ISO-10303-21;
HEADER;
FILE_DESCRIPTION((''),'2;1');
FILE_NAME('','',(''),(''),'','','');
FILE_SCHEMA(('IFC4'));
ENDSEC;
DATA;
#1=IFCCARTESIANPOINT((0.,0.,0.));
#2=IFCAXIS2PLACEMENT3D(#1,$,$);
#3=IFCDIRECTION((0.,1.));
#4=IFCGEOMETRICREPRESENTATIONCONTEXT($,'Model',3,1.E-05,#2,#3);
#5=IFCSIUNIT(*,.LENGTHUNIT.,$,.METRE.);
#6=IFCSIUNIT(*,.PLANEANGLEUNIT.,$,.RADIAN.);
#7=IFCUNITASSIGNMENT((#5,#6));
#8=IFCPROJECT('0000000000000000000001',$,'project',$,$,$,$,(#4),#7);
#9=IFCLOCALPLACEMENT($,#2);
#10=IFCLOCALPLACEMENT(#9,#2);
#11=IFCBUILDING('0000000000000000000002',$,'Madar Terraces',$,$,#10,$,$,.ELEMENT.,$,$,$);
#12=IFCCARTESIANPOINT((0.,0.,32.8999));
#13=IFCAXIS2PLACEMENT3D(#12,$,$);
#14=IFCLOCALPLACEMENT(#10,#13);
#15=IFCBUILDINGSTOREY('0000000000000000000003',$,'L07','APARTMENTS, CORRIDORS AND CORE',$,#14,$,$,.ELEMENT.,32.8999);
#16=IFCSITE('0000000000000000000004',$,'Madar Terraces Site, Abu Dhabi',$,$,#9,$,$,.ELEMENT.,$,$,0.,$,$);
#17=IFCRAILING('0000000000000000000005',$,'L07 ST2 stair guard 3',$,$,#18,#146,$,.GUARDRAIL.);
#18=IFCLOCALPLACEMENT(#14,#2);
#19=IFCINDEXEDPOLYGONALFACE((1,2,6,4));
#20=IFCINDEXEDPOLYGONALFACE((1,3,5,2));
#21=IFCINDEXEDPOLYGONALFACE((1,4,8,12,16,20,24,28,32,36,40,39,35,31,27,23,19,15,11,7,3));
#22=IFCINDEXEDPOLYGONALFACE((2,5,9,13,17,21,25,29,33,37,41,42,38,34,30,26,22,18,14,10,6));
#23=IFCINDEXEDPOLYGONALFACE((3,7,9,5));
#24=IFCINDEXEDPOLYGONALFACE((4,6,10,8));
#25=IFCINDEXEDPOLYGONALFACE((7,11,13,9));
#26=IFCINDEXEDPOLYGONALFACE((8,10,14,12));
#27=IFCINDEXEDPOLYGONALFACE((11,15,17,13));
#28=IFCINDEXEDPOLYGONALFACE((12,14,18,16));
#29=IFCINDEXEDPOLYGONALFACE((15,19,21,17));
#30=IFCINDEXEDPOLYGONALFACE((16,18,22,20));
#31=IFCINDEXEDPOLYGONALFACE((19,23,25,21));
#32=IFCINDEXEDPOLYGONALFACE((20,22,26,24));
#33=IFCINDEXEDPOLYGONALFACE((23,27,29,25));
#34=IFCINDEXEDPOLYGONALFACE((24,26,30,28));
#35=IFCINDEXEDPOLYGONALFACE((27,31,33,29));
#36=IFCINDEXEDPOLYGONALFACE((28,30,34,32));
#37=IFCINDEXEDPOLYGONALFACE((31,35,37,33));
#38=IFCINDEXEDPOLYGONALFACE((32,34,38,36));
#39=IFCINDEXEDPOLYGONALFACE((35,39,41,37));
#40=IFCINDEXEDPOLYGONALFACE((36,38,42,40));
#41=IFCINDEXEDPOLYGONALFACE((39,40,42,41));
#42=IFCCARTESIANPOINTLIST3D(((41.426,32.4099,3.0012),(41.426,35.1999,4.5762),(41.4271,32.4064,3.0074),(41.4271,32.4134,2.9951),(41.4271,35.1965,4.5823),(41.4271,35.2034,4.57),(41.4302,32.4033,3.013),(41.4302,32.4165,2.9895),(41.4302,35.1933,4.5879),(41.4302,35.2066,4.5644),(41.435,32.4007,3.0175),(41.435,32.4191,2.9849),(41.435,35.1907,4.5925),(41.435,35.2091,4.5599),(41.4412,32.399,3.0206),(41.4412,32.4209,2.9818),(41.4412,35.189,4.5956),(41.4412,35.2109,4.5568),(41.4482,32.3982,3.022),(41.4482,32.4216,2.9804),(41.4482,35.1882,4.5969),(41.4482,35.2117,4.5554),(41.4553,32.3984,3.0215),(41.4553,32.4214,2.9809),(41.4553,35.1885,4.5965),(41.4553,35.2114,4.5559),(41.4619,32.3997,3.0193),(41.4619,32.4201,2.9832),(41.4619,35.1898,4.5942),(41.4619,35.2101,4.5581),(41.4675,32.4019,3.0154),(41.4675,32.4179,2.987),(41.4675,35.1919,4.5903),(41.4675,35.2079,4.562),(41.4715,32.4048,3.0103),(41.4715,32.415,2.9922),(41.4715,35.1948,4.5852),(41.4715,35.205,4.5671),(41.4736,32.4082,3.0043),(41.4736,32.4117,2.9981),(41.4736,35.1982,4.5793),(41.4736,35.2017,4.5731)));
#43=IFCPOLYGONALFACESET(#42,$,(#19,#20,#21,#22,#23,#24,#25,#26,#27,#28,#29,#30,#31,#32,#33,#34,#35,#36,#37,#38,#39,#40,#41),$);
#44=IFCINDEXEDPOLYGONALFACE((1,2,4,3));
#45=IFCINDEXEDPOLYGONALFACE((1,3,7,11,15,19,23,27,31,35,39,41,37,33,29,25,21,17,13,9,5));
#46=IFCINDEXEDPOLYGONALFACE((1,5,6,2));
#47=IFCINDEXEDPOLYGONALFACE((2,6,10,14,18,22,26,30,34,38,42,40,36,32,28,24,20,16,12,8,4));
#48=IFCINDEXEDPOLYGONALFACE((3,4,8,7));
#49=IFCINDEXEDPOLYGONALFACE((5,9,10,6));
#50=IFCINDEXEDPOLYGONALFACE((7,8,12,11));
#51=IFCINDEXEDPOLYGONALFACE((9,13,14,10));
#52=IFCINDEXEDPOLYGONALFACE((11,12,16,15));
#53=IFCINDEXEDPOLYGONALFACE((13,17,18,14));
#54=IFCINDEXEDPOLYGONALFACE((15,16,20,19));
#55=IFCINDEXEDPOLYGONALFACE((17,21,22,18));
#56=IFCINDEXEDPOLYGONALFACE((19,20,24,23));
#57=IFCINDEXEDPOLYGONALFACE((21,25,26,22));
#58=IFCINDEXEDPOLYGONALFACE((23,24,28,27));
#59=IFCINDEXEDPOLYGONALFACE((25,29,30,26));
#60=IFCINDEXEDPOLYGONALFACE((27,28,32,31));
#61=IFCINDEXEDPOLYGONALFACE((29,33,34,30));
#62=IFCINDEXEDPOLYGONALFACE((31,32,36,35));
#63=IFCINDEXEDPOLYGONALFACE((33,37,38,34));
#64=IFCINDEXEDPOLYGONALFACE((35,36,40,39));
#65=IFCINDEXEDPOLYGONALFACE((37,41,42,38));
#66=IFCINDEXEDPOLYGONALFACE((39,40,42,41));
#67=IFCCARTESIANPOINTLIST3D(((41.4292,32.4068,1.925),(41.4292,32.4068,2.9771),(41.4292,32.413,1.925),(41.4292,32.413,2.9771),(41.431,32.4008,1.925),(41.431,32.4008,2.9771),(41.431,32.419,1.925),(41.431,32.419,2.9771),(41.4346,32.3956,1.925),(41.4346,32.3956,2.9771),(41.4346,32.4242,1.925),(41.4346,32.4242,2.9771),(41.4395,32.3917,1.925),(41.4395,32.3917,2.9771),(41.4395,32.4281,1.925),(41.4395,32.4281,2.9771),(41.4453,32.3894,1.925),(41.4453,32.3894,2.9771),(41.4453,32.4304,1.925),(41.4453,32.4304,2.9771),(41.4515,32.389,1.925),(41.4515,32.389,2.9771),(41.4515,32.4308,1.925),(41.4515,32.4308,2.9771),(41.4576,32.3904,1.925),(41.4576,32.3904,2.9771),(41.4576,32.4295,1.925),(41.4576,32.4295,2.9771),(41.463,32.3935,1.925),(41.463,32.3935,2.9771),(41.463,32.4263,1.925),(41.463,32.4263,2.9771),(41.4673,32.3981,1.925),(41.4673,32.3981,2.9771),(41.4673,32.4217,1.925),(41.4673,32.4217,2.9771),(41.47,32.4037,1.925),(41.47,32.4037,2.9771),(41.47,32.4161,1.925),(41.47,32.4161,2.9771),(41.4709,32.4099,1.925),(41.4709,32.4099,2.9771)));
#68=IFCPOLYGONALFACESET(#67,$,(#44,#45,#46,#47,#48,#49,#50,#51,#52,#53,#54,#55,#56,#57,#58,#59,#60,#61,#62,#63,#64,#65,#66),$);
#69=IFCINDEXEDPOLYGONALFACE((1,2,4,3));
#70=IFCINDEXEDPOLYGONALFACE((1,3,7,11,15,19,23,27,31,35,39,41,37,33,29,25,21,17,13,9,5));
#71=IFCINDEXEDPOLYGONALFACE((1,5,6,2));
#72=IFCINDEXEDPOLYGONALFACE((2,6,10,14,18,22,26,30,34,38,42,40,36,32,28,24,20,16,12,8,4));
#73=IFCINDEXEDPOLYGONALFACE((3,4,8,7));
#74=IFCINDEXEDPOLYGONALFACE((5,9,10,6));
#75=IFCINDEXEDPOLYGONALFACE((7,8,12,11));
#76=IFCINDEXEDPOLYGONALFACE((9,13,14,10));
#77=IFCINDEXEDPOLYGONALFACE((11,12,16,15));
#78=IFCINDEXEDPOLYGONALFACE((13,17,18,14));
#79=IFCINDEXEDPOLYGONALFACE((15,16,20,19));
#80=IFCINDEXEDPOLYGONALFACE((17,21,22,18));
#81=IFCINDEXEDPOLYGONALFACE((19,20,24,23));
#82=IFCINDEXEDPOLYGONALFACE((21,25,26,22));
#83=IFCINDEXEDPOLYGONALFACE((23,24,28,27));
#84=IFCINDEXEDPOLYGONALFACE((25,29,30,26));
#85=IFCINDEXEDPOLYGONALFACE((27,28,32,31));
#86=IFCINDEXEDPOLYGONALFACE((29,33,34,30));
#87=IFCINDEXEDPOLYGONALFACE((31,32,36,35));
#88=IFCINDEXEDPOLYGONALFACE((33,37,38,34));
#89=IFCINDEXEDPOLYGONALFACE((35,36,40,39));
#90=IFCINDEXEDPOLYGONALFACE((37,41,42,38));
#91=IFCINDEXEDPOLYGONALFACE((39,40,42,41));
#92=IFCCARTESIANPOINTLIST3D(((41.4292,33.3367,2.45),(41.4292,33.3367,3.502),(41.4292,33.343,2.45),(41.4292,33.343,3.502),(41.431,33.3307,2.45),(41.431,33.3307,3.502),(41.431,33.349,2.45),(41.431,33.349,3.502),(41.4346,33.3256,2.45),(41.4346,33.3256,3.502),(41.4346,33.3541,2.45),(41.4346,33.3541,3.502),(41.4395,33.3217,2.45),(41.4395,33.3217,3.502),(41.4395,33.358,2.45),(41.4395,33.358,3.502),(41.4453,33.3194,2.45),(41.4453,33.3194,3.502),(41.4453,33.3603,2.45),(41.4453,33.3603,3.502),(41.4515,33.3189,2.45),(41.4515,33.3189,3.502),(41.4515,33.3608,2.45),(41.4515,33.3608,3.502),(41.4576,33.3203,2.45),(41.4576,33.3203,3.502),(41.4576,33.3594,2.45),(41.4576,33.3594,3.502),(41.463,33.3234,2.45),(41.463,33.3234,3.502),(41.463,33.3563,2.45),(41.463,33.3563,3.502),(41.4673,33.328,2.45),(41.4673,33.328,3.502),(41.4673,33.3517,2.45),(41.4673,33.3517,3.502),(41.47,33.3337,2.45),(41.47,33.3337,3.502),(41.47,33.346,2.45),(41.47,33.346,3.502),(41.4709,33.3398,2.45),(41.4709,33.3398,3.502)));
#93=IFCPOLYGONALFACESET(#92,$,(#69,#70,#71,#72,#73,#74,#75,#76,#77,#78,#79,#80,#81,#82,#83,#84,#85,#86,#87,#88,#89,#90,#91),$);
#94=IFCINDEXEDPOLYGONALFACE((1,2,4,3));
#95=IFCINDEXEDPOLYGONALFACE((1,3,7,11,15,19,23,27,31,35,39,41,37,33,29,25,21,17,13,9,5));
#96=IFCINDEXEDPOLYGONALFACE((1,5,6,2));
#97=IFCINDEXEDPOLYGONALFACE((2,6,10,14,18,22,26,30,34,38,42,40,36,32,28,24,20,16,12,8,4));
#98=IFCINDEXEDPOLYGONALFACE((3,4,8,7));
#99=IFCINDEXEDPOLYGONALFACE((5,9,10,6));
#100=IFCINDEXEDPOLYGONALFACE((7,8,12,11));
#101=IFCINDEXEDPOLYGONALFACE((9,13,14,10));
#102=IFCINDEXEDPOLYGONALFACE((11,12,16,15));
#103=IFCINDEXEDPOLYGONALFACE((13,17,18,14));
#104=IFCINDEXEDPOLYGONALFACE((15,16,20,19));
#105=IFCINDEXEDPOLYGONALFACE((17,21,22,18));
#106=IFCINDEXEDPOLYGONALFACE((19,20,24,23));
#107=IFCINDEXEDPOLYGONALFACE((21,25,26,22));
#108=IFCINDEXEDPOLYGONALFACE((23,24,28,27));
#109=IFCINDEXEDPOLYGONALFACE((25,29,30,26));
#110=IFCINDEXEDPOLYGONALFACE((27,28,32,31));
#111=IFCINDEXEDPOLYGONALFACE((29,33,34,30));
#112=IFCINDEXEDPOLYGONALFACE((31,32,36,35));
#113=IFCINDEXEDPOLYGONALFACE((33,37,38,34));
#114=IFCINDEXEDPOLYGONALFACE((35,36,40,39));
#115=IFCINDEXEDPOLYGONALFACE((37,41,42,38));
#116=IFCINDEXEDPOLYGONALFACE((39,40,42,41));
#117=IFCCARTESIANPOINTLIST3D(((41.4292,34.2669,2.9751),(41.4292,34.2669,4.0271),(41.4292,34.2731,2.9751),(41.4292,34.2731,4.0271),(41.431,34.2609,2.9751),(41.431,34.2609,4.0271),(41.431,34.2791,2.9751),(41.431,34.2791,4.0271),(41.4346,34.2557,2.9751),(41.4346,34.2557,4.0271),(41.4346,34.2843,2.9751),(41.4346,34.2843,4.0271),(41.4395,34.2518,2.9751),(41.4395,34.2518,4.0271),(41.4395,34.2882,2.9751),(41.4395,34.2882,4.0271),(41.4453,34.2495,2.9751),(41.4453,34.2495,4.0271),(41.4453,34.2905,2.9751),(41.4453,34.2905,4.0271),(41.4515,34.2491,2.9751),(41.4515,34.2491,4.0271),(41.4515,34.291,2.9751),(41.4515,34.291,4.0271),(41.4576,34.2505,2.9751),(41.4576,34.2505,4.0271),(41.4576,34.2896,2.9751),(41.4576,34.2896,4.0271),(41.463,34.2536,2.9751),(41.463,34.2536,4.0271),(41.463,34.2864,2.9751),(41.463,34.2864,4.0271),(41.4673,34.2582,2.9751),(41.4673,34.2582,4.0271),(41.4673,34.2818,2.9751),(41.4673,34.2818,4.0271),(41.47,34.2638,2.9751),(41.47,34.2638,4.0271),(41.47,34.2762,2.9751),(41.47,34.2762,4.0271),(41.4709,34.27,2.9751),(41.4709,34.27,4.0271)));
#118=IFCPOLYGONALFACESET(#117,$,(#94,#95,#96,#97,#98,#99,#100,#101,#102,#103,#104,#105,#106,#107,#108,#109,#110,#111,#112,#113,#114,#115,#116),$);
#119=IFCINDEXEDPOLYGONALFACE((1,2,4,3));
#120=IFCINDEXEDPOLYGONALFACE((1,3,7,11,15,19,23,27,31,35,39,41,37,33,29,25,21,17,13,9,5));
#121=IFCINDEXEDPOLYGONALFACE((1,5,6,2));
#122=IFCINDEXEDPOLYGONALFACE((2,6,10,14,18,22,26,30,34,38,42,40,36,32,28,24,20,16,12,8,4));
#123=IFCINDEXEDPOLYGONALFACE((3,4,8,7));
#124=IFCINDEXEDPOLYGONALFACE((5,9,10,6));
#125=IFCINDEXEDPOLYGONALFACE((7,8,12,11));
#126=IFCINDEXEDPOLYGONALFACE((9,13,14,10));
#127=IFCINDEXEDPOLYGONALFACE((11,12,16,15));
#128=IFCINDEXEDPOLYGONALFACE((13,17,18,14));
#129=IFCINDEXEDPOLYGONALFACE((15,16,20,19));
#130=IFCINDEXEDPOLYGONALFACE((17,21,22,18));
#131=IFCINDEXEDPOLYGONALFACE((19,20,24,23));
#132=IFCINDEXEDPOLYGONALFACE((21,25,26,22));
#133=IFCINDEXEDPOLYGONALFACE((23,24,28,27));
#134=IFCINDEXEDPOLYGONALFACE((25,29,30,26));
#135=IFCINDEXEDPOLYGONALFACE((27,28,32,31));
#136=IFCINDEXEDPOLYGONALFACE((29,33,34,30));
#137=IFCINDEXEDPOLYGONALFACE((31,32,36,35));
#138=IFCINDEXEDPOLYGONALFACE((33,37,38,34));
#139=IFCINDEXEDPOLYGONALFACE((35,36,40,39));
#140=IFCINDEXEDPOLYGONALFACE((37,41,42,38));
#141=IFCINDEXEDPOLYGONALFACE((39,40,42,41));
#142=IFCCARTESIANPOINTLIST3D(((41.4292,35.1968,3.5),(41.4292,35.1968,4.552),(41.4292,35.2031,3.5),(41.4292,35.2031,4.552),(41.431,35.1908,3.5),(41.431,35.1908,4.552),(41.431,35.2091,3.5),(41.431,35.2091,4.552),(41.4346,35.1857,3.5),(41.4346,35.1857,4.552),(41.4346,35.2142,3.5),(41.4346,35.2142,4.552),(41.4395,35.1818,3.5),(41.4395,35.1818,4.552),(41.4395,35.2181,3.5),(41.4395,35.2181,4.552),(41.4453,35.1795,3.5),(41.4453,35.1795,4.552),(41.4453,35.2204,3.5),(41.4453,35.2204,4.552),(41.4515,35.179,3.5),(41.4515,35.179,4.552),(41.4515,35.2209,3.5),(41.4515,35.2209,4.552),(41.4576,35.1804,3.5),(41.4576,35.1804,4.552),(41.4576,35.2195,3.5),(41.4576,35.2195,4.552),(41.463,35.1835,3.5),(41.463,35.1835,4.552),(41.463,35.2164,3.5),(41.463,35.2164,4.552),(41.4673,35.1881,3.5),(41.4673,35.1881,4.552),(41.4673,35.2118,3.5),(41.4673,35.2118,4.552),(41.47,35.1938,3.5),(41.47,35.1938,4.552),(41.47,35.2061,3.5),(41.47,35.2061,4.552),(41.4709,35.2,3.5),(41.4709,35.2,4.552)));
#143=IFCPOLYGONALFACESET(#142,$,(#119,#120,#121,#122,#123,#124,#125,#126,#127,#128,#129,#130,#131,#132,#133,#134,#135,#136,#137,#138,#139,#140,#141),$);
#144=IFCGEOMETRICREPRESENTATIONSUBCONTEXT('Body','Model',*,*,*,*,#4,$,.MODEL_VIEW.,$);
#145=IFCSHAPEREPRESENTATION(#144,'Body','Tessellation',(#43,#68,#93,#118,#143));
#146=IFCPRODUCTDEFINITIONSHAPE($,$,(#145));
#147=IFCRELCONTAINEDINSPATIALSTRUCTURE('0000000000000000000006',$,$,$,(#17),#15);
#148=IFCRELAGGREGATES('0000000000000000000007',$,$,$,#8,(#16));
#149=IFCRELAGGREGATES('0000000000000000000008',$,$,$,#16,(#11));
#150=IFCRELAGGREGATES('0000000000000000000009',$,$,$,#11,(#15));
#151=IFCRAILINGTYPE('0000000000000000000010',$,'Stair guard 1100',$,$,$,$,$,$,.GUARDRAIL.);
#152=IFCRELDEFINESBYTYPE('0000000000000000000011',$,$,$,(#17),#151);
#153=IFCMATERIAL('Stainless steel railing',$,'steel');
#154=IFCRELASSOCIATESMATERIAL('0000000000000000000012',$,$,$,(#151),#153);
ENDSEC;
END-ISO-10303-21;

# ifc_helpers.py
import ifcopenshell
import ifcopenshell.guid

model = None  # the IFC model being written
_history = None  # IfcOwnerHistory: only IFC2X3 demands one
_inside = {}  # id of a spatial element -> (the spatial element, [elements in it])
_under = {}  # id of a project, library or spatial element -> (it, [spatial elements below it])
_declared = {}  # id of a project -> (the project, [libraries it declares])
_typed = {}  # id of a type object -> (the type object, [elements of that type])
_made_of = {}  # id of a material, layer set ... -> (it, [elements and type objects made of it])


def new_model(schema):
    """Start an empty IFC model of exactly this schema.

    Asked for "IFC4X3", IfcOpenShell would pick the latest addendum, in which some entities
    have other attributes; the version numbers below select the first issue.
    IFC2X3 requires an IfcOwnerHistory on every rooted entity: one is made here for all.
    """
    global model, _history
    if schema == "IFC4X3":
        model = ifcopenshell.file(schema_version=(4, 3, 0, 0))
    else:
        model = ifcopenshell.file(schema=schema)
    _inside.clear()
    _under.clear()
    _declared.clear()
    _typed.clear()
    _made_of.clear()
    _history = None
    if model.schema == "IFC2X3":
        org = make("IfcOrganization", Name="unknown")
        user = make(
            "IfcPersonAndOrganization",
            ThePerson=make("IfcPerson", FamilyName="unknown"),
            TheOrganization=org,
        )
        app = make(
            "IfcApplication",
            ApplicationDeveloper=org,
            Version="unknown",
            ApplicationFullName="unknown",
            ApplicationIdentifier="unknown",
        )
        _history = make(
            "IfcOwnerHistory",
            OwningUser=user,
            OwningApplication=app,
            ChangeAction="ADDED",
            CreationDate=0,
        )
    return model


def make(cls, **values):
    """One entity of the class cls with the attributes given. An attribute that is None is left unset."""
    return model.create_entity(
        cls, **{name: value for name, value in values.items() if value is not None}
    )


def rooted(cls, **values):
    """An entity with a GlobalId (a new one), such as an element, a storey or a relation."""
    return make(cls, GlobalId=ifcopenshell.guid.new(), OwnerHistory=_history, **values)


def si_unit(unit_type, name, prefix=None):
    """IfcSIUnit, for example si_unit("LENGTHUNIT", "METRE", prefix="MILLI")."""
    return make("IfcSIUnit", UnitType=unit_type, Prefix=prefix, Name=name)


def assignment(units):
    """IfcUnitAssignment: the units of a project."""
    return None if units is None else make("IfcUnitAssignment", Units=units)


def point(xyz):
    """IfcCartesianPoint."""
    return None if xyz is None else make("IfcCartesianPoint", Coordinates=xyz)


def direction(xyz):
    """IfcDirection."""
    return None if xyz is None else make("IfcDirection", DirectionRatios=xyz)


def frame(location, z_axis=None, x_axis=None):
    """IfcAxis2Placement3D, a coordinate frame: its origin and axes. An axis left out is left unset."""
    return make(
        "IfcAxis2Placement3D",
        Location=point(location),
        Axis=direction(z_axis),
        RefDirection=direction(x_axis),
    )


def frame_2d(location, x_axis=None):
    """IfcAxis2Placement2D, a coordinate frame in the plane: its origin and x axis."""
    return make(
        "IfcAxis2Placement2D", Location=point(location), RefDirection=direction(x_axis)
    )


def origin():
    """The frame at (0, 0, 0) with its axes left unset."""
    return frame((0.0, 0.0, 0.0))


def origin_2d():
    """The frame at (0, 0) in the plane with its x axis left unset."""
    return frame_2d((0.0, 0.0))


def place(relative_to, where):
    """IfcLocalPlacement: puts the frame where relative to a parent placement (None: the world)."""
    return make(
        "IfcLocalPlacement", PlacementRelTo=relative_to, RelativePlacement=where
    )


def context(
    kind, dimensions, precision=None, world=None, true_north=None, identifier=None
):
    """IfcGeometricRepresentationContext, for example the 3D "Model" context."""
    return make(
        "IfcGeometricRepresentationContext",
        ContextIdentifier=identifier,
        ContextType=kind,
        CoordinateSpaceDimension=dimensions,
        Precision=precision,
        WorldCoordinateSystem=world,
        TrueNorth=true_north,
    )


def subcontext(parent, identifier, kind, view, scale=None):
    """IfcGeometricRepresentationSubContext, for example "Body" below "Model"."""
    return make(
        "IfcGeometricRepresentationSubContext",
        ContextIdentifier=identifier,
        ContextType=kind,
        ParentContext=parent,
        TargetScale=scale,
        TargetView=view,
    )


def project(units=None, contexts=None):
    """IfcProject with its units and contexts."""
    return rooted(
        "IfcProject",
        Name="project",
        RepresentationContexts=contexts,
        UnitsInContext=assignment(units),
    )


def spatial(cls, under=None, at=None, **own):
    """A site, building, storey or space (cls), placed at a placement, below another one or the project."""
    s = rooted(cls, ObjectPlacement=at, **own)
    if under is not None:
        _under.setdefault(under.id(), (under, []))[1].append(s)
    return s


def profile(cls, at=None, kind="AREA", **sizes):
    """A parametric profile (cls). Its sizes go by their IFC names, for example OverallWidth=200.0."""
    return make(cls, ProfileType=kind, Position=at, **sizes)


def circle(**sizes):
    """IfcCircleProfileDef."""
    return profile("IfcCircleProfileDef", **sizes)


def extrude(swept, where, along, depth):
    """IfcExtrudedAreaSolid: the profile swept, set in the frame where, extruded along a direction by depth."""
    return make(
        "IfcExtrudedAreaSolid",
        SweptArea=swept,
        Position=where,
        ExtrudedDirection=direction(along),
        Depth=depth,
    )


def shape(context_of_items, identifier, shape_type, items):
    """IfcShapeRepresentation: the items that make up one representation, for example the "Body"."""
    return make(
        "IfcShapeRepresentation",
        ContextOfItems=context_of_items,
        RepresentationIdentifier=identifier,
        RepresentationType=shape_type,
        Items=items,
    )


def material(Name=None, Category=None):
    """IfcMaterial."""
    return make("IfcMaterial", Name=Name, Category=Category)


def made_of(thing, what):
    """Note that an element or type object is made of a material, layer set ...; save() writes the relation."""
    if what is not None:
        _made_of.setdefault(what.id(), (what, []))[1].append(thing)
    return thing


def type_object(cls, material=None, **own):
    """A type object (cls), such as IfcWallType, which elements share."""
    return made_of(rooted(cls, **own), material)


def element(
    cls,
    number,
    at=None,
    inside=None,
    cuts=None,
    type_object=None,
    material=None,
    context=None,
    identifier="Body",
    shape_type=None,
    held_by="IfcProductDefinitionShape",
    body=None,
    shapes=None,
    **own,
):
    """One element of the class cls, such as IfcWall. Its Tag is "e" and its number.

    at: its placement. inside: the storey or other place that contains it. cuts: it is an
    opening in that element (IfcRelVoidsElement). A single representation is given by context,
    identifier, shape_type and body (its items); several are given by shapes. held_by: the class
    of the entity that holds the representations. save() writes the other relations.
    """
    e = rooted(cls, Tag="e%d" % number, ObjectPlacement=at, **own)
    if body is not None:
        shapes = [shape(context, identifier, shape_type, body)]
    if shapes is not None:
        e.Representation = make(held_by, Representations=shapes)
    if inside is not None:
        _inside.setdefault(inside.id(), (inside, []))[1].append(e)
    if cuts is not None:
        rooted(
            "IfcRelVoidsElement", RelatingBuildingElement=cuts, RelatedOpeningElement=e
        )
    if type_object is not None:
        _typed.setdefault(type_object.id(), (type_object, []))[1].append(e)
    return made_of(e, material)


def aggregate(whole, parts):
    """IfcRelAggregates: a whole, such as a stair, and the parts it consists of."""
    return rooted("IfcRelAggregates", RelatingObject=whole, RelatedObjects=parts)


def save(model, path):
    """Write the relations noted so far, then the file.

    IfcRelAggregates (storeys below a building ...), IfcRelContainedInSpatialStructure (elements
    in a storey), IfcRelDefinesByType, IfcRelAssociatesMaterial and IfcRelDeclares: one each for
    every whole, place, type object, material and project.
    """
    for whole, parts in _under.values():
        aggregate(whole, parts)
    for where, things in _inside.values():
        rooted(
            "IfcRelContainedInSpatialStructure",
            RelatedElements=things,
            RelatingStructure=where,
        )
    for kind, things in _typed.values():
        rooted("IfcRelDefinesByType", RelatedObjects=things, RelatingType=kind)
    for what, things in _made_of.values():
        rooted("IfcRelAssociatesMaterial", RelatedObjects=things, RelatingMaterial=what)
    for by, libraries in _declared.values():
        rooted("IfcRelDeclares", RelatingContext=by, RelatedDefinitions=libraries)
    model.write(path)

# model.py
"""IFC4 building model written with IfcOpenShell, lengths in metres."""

from ifc_helpers import new_model, si_unit, direction, frame, origin, origin_2d, place, context, subcontext, project, spatial, circle, extrude, material, type_object, element, save


model = new_model("IFC4")

# Units and contexts
model_context = context("Model", 3, precision=1e-05, world=origin(), true_north=direction((0.0, 1.0)))
body_context = subcontext(model_context, "Body", "Model", "MODEL_VIEW")
ifc_project = project(units=[si_unit("LENGTHUNIT", "METRE"), si_unit("PLANEANGLEUNIT", "RADIAN")], contexts=[model_context])

# Site, building, storey
site_placement = place(None, origin())
site = spatial("IfcSite", under=ifc_project, at=site_placement, Name="Madar Terraces Site, Abu Dhabi", CompositionType="ELEMENT", RefElevation=0.0)
building_placement = place(site_placement, origin())
building = spatial("IfcBuilding", under=site, at=building_placement, Name="Madar Terraces", CompositionType="ELEMENT")
storey_placement = place(building_placement, frame((0.0, 0.0, 32.8999)))
storey = spatial("IfcBuildingStorey", under=building, at=storey_placement, Name="L07", Description="APARTMENTS, CORRIDORS AND CORE", CompositionType="ELEMENT", Elevation=32.8999)

# Railing
ifc_material_1 = material(Name="Stainless steel railing", Category="steel")
railing_type_1 = type_object("IfcRailingType", Name="Stair guard 1100", PredefinedType="GUARDRAIL", material=ifc_material_1)
railing_1_placement = place(storey_placement, frame((41.45, 32.4099, 1.925)))
element("IfcRailing", 1, at=railing_1_placement, inside=storey, type_object=railing_type_1, Name="L07 ST2 stair guard 3", PredefinedType="GUARDRAIL", context=body_context, shape_type="SweptSolid", body=[
    extrude(circle(Radius=0.0239, at=origin_2d()), frame((0.0, 0.0, 1.0762), z_axis=(0.0, 0.870834, 0.491578), x_axis=(-1.0, 0.0, 0.0)), (0.0, 0.0, 1.0), 3.2039),
    extrude(circle(Radius=0.021, at=origin_2d()), origin(), (0.0, 0.0, 1.0), 1.052),
    extrude(circle(Radius=0.021, at=origin_2d()), frame((0.0, 0.9299, 0.5249)), (0.0, 0.0, 1.0), 1.052),
    extrude(circle(Radius=0.021, at=origin_2d()), frame((0.0, 1.8601, 1.05)), (0.0, 0.0, 1.0), 1.052),
    extrude(circle(Radius=0.021, at=origin_2d()), frame((0.0, 2.79, 1.575)), (0.0, 0.0, 1.0), 1.052),
])

save(model, "model.ifc")
